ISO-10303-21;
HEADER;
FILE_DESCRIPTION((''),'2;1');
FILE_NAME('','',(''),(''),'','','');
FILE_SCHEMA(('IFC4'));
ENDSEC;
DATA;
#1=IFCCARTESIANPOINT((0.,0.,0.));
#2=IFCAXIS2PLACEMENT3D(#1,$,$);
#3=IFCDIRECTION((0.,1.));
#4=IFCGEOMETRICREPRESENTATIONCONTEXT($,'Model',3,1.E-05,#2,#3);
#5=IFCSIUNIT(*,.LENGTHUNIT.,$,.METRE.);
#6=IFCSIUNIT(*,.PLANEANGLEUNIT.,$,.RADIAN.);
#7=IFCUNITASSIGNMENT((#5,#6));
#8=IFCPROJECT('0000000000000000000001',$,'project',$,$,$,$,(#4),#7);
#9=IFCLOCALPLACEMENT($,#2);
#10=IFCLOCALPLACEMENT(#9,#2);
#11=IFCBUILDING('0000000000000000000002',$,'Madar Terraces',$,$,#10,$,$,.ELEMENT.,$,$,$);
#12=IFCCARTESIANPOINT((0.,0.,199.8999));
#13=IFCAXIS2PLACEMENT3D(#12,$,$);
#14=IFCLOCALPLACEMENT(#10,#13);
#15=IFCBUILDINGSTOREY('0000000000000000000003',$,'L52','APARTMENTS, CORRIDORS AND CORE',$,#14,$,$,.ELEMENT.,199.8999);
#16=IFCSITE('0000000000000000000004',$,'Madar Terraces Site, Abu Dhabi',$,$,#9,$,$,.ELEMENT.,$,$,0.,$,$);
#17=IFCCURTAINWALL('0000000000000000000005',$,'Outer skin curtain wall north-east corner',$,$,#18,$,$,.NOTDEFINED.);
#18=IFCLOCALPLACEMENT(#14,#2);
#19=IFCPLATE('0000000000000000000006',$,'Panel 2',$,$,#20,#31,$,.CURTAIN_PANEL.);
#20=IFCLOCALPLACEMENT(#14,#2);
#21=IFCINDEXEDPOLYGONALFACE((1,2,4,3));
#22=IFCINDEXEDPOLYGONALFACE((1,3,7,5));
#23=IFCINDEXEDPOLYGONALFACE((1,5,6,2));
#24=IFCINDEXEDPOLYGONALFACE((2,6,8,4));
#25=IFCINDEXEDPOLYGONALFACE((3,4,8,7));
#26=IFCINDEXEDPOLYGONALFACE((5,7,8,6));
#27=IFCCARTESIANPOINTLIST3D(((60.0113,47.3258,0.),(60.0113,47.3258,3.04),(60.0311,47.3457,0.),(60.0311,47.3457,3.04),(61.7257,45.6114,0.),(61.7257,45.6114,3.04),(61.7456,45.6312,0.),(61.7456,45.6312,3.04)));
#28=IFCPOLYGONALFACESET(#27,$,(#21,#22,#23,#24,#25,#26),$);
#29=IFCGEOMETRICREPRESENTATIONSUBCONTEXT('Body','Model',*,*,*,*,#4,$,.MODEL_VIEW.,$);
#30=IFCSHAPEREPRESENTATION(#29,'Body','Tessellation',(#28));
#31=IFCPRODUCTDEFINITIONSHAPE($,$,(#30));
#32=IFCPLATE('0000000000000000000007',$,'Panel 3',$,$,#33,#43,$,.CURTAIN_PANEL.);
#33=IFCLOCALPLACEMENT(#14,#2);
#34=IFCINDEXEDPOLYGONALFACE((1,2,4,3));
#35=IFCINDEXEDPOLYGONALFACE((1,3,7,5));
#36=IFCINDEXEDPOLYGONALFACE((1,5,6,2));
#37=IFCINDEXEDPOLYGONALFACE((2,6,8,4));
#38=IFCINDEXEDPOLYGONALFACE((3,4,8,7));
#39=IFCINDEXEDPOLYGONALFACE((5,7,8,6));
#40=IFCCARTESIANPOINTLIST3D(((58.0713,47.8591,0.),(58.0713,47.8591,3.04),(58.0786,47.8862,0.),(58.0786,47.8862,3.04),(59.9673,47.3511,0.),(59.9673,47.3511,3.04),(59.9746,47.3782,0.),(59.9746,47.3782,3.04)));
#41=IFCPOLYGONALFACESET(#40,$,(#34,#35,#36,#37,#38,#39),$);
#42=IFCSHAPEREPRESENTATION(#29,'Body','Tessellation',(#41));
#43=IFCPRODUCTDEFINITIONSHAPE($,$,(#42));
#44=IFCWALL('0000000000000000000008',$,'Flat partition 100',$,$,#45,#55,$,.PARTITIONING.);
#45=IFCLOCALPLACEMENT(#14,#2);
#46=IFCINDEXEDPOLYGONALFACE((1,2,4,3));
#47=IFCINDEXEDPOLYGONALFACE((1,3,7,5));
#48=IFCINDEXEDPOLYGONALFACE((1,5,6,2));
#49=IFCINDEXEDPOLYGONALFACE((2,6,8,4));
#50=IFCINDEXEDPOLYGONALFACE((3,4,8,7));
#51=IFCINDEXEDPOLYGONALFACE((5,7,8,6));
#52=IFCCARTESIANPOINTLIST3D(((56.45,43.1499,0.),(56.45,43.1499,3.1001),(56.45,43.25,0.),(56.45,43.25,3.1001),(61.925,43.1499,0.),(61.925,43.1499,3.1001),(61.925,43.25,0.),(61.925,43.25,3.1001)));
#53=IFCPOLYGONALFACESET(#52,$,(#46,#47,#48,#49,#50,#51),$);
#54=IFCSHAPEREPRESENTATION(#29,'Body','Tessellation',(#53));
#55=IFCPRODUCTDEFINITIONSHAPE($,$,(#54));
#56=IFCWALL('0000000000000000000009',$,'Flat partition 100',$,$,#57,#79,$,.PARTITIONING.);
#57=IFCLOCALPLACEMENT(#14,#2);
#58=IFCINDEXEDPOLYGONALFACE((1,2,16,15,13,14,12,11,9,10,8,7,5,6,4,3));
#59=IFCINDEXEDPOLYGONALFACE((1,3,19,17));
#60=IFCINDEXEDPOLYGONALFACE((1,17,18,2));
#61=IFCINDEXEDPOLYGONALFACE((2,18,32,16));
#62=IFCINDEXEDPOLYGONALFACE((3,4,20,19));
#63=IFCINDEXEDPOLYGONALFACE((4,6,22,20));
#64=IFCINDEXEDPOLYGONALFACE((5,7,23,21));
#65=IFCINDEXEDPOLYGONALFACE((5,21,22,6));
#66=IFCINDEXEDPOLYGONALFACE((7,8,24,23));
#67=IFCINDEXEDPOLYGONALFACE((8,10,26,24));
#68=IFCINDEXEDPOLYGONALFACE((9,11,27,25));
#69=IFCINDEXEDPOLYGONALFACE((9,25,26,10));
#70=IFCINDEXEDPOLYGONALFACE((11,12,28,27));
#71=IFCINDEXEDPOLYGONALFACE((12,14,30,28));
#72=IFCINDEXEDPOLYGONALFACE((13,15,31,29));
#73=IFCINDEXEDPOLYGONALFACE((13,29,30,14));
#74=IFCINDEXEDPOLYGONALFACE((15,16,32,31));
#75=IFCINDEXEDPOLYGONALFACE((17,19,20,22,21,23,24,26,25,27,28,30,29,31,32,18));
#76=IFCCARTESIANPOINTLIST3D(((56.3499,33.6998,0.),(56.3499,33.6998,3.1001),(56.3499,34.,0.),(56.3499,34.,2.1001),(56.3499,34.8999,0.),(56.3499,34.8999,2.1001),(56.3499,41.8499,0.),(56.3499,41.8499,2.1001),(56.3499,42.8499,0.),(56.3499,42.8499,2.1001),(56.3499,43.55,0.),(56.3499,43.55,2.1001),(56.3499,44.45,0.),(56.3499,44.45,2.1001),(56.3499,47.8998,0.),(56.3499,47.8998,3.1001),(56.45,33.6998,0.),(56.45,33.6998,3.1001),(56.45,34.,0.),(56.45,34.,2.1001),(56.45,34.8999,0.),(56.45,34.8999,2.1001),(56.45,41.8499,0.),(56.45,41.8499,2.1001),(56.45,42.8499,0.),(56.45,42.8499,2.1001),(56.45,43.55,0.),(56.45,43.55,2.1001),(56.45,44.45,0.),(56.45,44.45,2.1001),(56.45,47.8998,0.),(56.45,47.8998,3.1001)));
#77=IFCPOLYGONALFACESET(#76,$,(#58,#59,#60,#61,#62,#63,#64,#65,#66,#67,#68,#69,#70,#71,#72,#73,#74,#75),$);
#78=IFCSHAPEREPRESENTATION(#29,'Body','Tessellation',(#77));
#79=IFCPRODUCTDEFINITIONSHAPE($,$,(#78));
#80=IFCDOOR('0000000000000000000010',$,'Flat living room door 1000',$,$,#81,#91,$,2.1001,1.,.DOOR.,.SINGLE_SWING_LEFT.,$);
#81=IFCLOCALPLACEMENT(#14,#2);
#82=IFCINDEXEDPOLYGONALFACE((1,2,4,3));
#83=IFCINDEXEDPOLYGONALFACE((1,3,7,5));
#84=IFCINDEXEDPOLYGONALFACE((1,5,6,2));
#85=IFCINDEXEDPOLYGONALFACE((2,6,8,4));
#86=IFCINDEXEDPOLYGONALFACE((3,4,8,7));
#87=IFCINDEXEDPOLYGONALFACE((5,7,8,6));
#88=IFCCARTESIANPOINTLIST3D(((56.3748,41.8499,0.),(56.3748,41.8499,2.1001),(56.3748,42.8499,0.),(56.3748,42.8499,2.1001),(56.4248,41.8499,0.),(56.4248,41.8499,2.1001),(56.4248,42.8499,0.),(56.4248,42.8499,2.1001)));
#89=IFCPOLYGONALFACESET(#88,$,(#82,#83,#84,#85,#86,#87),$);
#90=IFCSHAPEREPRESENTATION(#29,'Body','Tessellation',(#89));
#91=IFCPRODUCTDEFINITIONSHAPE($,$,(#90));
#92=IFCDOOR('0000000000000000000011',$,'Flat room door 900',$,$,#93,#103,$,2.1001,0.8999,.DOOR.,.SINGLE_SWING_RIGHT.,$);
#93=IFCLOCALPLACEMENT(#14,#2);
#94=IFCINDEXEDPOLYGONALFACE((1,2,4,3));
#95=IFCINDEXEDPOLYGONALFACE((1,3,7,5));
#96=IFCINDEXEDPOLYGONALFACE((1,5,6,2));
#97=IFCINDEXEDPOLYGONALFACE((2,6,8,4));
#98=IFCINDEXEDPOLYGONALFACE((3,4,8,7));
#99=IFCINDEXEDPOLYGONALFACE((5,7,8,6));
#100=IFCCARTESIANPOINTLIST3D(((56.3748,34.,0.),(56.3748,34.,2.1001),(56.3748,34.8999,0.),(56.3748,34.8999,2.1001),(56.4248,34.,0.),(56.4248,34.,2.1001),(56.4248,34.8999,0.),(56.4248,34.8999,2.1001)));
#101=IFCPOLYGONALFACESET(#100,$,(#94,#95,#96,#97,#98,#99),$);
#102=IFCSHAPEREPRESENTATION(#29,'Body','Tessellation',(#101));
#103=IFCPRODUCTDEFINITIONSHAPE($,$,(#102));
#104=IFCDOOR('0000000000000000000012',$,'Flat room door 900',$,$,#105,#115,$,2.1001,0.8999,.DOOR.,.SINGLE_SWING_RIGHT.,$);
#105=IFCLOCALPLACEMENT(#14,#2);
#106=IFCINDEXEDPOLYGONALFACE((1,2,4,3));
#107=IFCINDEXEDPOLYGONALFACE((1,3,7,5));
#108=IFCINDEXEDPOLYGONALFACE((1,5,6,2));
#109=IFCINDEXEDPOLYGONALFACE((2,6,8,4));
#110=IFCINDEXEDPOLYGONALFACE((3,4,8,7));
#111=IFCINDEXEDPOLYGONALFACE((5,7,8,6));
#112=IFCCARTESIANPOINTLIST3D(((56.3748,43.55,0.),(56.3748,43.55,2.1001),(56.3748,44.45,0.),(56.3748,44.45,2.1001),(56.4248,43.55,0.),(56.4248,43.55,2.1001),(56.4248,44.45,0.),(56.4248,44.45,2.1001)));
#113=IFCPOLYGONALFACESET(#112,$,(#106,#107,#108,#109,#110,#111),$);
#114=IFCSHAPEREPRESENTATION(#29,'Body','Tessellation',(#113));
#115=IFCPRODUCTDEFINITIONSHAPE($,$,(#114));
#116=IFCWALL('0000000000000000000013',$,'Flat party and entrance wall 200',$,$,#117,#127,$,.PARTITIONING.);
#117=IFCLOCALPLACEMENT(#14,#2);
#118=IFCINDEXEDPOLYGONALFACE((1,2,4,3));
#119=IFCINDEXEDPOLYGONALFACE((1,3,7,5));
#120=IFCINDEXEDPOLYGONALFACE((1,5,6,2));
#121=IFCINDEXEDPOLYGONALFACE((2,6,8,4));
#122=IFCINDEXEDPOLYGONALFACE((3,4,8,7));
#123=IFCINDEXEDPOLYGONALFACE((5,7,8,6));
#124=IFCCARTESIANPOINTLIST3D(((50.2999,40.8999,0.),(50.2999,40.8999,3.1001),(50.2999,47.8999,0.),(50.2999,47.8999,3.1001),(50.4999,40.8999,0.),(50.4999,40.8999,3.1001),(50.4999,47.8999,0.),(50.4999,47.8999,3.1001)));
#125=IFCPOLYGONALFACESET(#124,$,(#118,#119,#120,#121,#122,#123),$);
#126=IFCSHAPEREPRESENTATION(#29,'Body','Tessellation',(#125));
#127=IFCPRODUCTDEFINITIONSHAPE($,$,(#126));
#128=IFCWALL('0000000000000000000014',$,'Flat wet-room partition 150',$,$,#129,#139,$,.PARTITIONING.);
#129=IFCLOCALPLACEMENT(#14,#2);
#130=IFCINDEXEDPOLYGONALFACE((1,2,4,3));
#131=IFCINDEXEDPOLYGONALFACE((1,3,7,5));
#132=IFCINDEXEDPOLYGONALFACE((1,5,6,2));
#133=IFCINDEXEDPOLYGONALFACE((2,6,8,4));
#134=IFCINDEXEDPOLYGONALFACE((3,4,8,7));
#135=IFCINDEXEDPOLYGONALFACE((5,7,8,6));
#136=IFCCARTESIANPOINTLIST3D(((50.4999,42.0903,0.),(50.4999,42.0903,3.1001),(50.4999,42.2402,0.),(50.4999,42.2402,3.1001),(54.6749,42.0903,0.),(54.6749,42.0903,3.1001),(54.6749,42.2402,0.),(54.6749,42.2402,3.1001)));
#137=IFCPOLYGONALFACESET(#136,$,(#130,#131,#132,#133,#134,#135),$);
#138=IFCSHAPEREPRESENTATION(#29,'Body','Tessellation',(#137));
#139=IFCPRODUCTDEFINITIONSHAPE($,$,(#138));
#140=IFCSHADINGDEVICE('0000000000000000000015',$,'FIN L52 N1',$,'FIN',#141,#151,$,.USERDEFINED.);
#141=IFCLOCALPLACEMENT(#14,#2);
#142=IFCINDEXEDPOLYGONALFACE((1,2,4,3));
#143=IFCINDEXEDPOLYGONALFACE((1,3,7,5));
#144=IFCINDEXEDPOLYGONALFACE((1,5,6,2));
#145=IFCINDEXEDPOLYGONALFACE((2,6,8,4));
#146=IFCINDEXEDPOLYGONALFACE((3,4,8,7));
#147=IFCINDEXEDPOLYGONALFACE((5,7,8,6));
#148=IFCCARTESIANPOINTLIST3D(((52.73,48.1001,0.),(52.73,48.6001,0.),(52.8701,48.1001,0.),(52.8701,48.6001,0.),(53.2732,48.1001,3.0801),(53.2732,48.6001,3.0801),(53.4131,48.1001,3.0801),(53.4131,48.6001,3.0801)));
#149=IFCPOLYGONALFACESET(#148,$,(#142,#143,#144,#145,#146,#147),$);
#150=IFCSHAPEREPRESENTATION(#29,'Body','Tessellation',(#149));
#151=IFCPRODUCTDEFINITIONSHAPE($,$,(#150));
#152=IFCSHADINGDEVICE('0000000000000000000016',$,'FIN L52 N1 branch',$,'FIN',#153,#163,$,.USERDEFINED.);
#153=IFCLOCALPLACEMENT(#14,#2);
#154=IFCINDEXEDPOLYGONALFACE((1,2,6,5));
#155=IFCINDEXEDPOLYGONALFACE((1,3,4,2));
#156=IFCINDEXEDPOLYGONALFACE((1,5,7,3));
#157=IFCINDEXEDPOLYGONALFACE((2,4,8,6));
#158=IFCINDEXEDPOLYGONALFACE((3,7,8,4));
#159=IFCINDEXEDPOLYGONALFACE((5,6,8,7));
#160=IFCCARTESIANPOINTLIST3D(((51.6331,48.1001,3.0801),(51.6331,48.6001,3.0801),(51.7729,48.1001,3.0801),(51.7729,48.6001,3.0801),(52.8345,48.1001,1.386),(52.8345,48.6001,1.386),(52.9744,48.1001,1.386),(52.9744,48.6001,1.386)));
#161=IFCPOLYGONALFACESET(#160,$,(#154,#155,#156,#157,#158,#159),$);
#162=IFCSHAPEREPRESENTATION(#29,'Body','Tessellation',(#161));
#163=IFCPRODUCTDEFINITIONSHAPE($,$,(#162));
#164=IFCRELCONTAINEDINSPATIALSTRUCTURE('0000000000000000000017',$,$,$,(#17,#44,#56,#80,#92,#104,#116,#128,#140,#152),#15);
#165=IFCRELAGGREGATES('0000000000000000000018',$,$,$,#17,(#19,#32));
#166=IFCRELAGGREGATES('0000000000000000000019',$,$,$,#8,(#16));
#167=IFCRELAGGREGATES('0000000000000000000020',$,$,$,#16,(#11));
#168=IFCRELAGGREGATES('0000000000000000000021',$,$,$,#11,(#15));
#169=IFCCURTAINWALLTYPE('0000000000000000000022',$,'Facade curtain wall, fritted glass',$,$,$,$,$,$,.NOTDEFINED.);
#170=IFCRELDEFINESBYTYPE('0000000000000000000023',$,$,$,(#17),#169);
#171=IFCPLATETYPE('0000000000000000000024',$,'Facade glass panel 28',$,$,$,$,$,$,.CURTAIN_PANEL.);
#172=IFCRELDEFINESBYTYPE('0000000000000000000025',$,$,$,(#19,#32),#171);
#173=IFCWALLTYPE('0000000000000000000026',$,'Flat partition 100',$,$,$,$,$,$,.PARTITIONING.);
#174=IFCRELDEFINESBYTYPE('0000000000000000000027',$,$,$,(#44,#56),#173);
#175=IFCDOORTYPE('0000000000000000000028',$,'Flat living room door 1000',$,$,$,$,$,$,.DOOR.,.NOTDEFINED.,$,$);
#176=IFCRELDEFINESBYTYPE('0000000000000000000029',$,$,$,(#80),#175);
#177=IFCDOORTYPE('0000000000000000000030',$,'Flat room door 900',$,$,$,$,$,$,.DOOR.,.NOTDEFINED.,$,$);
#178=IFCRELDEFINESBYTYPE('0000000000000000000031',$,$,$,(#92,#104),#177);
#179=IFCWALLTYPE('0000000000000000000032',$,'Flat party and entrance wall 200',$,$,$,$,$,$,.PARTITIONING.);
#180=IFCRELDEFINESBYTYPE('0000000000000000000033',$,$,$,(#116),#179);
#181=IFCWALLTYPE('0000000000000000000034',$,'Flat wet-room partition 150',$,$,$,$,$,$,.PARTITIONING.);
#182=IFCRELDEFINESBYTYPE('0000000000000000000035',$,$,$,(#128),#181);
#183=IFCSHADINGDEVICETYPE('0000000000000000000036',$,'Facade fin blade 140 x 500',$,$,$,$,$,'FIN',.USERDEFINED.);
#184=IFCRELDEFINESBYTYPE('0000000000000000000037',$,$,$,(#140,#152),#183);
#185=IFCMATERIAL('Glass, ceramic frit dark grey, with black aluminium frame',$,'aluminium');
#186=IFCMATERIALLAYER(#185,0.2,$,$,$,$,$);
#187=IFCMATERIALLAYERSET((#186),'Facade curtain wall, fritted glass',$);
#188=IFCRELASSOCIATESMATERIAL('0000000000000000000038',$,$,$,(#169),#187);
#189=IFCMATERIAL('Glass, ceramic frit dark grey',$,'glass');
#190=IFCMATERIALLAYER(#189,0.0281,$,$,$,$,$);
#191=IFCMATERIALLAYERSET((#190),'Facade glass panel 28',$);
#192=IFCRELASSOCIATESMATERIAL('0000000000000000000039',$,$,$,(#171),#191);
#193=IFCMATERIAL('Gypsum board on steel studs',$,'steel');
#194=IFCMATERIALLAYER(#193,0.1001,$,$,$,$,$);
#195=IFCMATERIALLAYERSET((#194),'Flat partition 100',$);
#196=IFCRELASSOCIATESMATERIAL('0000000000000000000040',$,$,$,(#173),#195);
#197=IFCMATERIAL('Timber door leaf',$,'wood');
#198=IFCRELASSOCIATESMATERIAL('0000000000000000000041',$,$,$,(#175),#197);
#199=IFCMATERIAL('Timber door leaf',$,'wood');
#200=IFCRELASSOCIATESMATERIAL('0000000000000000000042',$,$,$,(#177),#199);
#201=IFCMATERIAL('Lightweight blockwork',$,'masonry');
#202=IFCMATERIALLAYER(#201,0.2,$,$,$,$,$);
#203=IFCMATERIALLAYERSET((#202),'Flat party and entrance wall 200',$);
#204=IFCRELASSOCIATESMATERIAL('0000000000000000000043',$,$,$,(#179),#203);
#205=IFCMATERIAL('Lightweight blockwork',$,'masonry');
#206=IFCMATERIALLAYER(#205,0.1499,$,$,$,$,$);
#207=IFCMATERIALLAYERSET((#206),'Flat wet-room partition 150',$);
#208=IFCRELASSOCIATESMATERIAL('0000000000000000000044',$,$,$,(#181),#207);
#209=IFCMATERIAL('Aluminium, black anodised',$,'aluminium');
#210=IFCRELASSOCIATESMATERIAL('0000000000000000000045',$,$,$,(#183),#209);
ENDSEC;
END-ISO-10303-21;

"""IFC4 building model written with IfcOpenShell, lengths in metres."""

from ifc_helpers import new_model, si_unit, direction, frame, frame_2d, origin, origin_2d, place, context, subcontext, project, spatial, polyline, rectangle, outline, extrude, material, layer, layer_set, type_object, element, fill, aggregate, save


model = new_model("IFC4")

# Units and contexts
model_context = context("Model", 3, precision=1e-05, world=origin(), true_north=direction((0.0, 1.0)))
body_context = subcontext(model_context, "Body", "Model", "MODEL_VIEW")
ifc_project = project(units=[si_unit("LENGTHUNIT", "METRE"), si_unit("PLANEANGLEUNIT", "RADIAN")], contexts=[model_context])

# Site, building, storey
site_placement = place(None, origin())
site = spatial("IfcSite", under=ifc_project, at=site_placement, Name="Madar Terraces Site, Abu Dhabi", CompositionType="ELEMENT", RefElevation=0.0)
building_placement = place(site_placement, origin())
building = spatial("IfcBuilding", under=site, at=building_placement, Name="Madar Terraces", CompositionType="ELEMENT")
storey_placement = place(building_placement, frame((0.0, 0.0, 199.8999)))
storey = spatial("IfcBuildingStorey", under=building, at=storey_placement, Name="L52", Description="APARTMENTS, CORRIDORS AND CORE", CompositionType="ELEMENT", Elevation=199.8999)

# Shared definitions
ifc_material_1 = material(Name="Glass, ceramic frit dark grey, with black aluminium frame", Category="aluminium")
ifc_layer_1 = layer(ifc_material_1, 0.2)
ifc_layer_set_1 = layer_set([ifc_layer_1], Name="Facade curtain wall, fritted glass")
curtain_wall_type = type_object("IfcCurtainWallType", Name="Facade curtain wall, fritted glass", PredefinedType="NOTDEFINED", material=ifc_layer_set_1)

# Curtain wall
curtain_wall_1_placement = place(storey_placement, origin())
curtain_wall_1 = element("IfcCurtainWall", 1, at=curtain_wall_1_placement, inside=storey, type_object=curtain_wall_type, Name="Outer skin curtain wall north-east corner", PredefinedType="NOTDEFINED")

# Plates
ifc_material_2 = material(Name="Glass, ceramic frit dark grey", Category="glass")
ifc_layer_2 = layer(ifc_material_2, 0.0281)
ifc_layer_set_2 = layer_set([ifc_layer_2], Name="Facade glass panel 28")
plate_type = type_object("IfcPlateType", Name="Facade glass panel 28", PredefinedType="CURTAIN_PANEL", material=ifc_layer_set_2)
plate_1_placement = place(storey_placement, frame((60.8784, 46.4785, 0.0), z_axis=(0.0, 0.0, 1.0), x_axis=(-0.707107, 0.707107, 0.0)))
plate_1 = element("IfcPlate", 2, at=plate_1_placement, type_object=plate_type, Name="Panel 2", PredefinedType="CURTAIN_PANEL", context=body_context, shape_type="SweptSolid", body=[
    extrude(rectangle(XDim=2.4246, YDim=0.0281, at=origin_2d()), origin(), (0.0, 0.0, 1.0), 3.04),
])
plate_2_placement = place(storey_placement, frame((59.0229, 47.6187, 0.0), z_axis=(0.0, 0.0, 1.0), x_axis=(-0.965926, 0.258819, 0.0)))
plate_2 = element("IfcPlate", 3, at=plate_2_placement, type_object=plate_type, Name="Panel 3", PredefinedType="CURTAIN_PANEL", context=body_context, shape_type="SweptSolid", body=[
    extrude(rectangle(XDim=1.9629, YDim=0.0281, at=origin_2d()), origin(), (0.0, 0.0, 1.0), 3.04),
])
aggregate(curtain_wall_1, [plate_1, plate_2])

# Wall
ifc_material_3 = material(Name="Gypsum board on steel studs", Category="steel")
ifc_layer_3 = layer(ifc_material_3, 0.1001)
ifc_layer_set_3 = layer_set([ifc_layer_3], Name="Flat partition 100")
wall_type_1 = type_object("IfcWallType", Name="Flat partition 100", PredefinedType="PARTITIONING", material=ifc_layer_set_3)
wall_1_placement = place(storey_placement, frame((56.45, 43.2, 0.0), z_axis=(0.0, 0.0, 1.0), x_axis=(1.0, 0.0, 0.0)))
element("IfcWall", 4, at=wall_1_placement, inside=storey, type_object=wall_type_1, Name="Flat partition 100", PredefinedType="PARTITIONING", context=body_context, shape_type="SweptSolid", body=[
    extrude(rectangle(XDim=5.4751, YDim=0.1001, at=frame_2d((2.7375, 0.0))), origin(), (0.0, 0.0, 1.0), 3.1001),
])

# Wall, openings, doors
wall_2_placement = place(storey_placement, frame((56.3999, 47.8999, 0.0), z_axis=(0.0, 0.0, 1.0), x_axis=(0.0, -1.0, 0.0)))
wall_2 = element("IfcWall", 5, at=wall_2_placement, inside=storey, type_object=wall_type_1, Name="Flat partition 100", PredefinedType="PARTITIONING", context=body_context, shape_type="SweptSolid", body=[
    extrude(rectangle(XDim=14.2, YDim=0.1001, at=frame_2d((7.1001, 0.0))), origin(), (0.0, 0.0, 1.0), 3.1001),
])
opening_1_placement = place(wall_2_placement, frame((13.0, 0.0, 0.0)))
opening_1 = element("IfcOpeningElement", 6, at=opening_1_placement, cuts=wall_2, PredefinedType="OPENING", context=body_context, shape_type="SweptSolid", body=[
    extrude(rectangle(XDim=0.8999, YDim=2.1001, at=frame_2d((0.45, 1.05))), frame((0.0, 0.0601, 0.0), z_axis=(0.0, -1.0, 0.0), x_axis=(1.0, 0.0, 0.0)), (0.0, 0.0, 1.0), 0.1201),
])
opening_2_placement = place(wall_2_placement, frame((5.05, 0.0, 0.0)))
opening_2 = element("IfcOpeningElement", 7, at=opening_2_placement, cuts=wall_2, PredefinedType="OPENING", context=body_context, shape_type="SweptSolid", body=[
    extrude(rectangle(XDim=1.0, YDim=2.1001, at=frame_2d((0.5, 1.05))), frame((0.0, 0.0601, 0.0), z_axis=(0.0, -1.0, 0.0), x_axis=(1.0, 0.0, 0.0)), (0.0, 0.0, 1.0), 0.1201),
])
opening_3_placement = place(wall_2_placement, frame((3.45, 0.0, 0.0)))
opening_3 = element("IfcOpeningElement", 8, at=opening_3_placement, cuts=wall_2, PredefinedType="OPENING", context=body_context, shape_type="SweptSolid", body=[
    extrude(rectangle(XDim=0.8999, YDim=2.1001, at=frame_2d((0.45, 1.05))), frame((0.0, 0.0601, 0.0), z_axis=(0.0, -1.0, 0.0), x_axis=(1.0, 0.0, 0.0)), (0.0, 0.0, 1.0), 0.1201),
])
ifc_material_4 = material(Name="Timber door leaf", Category="wood")
door_type_1 = type_object("IfcDoorType", Name="Flat living room door 1000", OperationType="NOTDEFINED", PredefinedType="DOOR", material=ifc_material_4)
door_1_placement = place(opening_2_placement, origin())
door_1 = element("IfcDoor", 9, at=door_1_placement, inside=storey, type_object=door_type_1, Name="Flat living room door 1000", OperationType="SINGLE_SWING_LEFT", OverallHeight=2.1001, OverallWidth=1.0, PredefinedType="DOOR", context=body_context, shape_type="SweptSolid", body=[
    extrude(rectangle(XDim=1.0, YDim=2.1001, at=frame_2d((0.5, 1.05))), frame((0.0, 0.0249, 0.0), z_axis=(0.0, -1.0, 0.0), x_axis=(1.0, 0.0, 0.0)), (0.0, 0.0, 1.0), 0.05),
])
fill(opening_2, door_1)
ifc_material_5 = material(Name="Timber door leaf", Category="wood")
door_type_2 = type_object("IfcDoorType", Name="Flat room door 900", OperationType="NOTDEFINED", PredefinedType="DOOR", material=ifc_material_5)
door_2_placement = place(opening_1_placement, origin())
door_2 = element("IfcDoor", 10, at=door_2_placement, inside=storey, type_object=door_type_2, Name="Flat room door 900", OperationType="SINGLE_SWING_RIGHT", OverallHeight=2.1001, OverallWidth=0.8999, PredefinedType="DOOR", context=body_context, shape_type="SweptSolid", body=[
    extrude(rectangle(XDim=0.8999, YDim=2.1001, at=frame_2d((0.45, 1.05))), frame((0.0, 0.0249, 0.0), z_axis=(0.0, -1.0, 0.0), x_axis=(1.0, 0.0, 0.0)), (0.0, 0.0, 1.0), 0.05),
])
fill(opening_1, door_2)
door_3_placement = place(opening_3_placement, origin())
door_3 = element("IfcDoor", 11, at=door_3_placement, inside=storey, type_object=door_type_2, Name="Flat room door 900", OperationType="SINGLE_SWING_RIGHT", OverallHeight=2.1001, OverallWidth=0.8999, PredefinedType="DOOR", context=body_context, shape_type="SweptSolid", body=[
    extrude(rectangle(XDim=0.8999, YDim=2.1001, at=frame_2d((0.45, 1.05))), frame((0.0, 0.0249, 0.0), z_axis=(0.0, -1.0, 0.0), x_axis=(1.0, 0.0, 0.0)), (0.0, 0.0, 1.0), 0.05),
])
fill(opening_3, door_3)

# Walls
ifc_material_6 = material(Name="Lightweight blockwork", Category="masonry")
ifc_layer_4 = layer(ifc_material_6, 0.2)
ifc_layer_set_4 = layer_set([ifc_layer_4], Name="Flat party and entrance wall 200")
wall_type_2 = type_object("IfcWallType", Name="Flat party and entrance wall 200", PredefinedType="PARTITIONING", material=ifc_layer_set_4)
wall_3_placement = place(storey_placement, frame((50.3999, 40.8999, 0.0), z_axis=(0.0, 0.0, 1.0), x_axis=(0.0, 1.0, 0.0)))
element("IfcWall", 12, at=wall_3_placement, inside=storey, type_object=wall_type_2, Name="Flat party and entrance wall 200", PredefinedType="PARTITIONING", context=body_context, shape_type="SweptSolid", body=[
    extrude(rectangle(XDim=7.0, YDim=0.2, at=frame_2d((3.5, 0.0))), origin(), (0.0, 0.0, 1.0), 3.1001),
])
ifc_material_7 = material(Name="Lightweight blockwork", Category="masonry")
ifc_layer_5 = layer(ifc_material_7, 0.1499)
ifc_layer_set_5 = layer_set([ifc_layer_5], Name="Flat wet-room partition 150")
wall_type_3 = type_object("IfcWallType", Name="Flat wet-room partition 150", PredefinedType="PARTITIONING", material=ifc_layer_set_5)
wall_4_placement = place(storey_placement, frame((50.5, 42.1653, 0.0), z_axis=(0.0, 0.0, 1.0), x_axis=(1.0, 0.0, 0.0)))
element("IfcWall", 13, at=wall_4_placement, inside=storey, type_object=wall_type_3, Name="Flat wet-room partition 150", PredefinedType="PARTITIONING", context=body_context, shape_type="SweptSolid", body=[
    extrude(rectangle(XDim=4.175, YDim=0.1499, at=frame_2d((2.0874, 0.0))), origin(), (0.0, 0.0, 1.0), 3.1001),
])

# Shading devices
ifc_material_8 = material(Name="Aluminium, black anodised", Category="aluminium")
shading_device_type = type_object("IfcShadingDeviceType", Name="Facade fin blade 140 x 500", ElementType="FIN", PredefinedType="USERDEFINED", material=ifc_material_8)
shading_device_1_placement = place(storey_placement, frame((52.8701, 48.3501, 0.0), z_axis=(0.0, 0.0, 1.0), x_axis=(-1.0, 0.0, 0.0)))
element("IfcShadingDevice", 14, at=shading_device_1_placement, inside=storey, type_object=shading_device_type, Name="FIN L52 N1", ObjectType="FIN", PredefinedType="USERDEFINED", context=body_context, shape_type="SweptSolid", body=[
    extrude(outline(polyline([(0.0, 0.0), (0.1401, 0.0), (-0.4031, 3.0801), (-0.543, 3.0801), (0.0, 0.0)])), frame((0.0, 0.25, 0.0), z_axis=(0.0, -1.0, 0.0), x_axis=(1.0, 0.0, 0.0)), (0.0, 0.0, 1.0), 0.5),
])
shading_device_2_placement = place(storey_placement, frame((52.9744, 48.3501, 1.386), z_axis=(0.0, 0.0, 1.0), x_axis=(-1.0, 0.0, 0.0)))
element("IfcShadingDevice", 15, at=shading_device_2_placement, inside=storey, type_object=shading_device_type, Name="FIN L52 N1 branch", ObjectType="FIN", PredefinedType="USERDEFINED", context=body_context, shape_type="SweptSolid", body=[
    extrude(outline(polyline([(0.0, 0.0), (0.1399, 0.0), (1.3413, 1.6941), (1.2014, 1.6941), (0.0, 0.0)])), frame((0.0, 0.25, 0.0), z_axis=(0.0, -1.0, 0.0), x_axis=(1.0, 0.0, 0.0)), (0.0, 0.0, 1.0), 0.5),
])

save(model, "model.ifc")
